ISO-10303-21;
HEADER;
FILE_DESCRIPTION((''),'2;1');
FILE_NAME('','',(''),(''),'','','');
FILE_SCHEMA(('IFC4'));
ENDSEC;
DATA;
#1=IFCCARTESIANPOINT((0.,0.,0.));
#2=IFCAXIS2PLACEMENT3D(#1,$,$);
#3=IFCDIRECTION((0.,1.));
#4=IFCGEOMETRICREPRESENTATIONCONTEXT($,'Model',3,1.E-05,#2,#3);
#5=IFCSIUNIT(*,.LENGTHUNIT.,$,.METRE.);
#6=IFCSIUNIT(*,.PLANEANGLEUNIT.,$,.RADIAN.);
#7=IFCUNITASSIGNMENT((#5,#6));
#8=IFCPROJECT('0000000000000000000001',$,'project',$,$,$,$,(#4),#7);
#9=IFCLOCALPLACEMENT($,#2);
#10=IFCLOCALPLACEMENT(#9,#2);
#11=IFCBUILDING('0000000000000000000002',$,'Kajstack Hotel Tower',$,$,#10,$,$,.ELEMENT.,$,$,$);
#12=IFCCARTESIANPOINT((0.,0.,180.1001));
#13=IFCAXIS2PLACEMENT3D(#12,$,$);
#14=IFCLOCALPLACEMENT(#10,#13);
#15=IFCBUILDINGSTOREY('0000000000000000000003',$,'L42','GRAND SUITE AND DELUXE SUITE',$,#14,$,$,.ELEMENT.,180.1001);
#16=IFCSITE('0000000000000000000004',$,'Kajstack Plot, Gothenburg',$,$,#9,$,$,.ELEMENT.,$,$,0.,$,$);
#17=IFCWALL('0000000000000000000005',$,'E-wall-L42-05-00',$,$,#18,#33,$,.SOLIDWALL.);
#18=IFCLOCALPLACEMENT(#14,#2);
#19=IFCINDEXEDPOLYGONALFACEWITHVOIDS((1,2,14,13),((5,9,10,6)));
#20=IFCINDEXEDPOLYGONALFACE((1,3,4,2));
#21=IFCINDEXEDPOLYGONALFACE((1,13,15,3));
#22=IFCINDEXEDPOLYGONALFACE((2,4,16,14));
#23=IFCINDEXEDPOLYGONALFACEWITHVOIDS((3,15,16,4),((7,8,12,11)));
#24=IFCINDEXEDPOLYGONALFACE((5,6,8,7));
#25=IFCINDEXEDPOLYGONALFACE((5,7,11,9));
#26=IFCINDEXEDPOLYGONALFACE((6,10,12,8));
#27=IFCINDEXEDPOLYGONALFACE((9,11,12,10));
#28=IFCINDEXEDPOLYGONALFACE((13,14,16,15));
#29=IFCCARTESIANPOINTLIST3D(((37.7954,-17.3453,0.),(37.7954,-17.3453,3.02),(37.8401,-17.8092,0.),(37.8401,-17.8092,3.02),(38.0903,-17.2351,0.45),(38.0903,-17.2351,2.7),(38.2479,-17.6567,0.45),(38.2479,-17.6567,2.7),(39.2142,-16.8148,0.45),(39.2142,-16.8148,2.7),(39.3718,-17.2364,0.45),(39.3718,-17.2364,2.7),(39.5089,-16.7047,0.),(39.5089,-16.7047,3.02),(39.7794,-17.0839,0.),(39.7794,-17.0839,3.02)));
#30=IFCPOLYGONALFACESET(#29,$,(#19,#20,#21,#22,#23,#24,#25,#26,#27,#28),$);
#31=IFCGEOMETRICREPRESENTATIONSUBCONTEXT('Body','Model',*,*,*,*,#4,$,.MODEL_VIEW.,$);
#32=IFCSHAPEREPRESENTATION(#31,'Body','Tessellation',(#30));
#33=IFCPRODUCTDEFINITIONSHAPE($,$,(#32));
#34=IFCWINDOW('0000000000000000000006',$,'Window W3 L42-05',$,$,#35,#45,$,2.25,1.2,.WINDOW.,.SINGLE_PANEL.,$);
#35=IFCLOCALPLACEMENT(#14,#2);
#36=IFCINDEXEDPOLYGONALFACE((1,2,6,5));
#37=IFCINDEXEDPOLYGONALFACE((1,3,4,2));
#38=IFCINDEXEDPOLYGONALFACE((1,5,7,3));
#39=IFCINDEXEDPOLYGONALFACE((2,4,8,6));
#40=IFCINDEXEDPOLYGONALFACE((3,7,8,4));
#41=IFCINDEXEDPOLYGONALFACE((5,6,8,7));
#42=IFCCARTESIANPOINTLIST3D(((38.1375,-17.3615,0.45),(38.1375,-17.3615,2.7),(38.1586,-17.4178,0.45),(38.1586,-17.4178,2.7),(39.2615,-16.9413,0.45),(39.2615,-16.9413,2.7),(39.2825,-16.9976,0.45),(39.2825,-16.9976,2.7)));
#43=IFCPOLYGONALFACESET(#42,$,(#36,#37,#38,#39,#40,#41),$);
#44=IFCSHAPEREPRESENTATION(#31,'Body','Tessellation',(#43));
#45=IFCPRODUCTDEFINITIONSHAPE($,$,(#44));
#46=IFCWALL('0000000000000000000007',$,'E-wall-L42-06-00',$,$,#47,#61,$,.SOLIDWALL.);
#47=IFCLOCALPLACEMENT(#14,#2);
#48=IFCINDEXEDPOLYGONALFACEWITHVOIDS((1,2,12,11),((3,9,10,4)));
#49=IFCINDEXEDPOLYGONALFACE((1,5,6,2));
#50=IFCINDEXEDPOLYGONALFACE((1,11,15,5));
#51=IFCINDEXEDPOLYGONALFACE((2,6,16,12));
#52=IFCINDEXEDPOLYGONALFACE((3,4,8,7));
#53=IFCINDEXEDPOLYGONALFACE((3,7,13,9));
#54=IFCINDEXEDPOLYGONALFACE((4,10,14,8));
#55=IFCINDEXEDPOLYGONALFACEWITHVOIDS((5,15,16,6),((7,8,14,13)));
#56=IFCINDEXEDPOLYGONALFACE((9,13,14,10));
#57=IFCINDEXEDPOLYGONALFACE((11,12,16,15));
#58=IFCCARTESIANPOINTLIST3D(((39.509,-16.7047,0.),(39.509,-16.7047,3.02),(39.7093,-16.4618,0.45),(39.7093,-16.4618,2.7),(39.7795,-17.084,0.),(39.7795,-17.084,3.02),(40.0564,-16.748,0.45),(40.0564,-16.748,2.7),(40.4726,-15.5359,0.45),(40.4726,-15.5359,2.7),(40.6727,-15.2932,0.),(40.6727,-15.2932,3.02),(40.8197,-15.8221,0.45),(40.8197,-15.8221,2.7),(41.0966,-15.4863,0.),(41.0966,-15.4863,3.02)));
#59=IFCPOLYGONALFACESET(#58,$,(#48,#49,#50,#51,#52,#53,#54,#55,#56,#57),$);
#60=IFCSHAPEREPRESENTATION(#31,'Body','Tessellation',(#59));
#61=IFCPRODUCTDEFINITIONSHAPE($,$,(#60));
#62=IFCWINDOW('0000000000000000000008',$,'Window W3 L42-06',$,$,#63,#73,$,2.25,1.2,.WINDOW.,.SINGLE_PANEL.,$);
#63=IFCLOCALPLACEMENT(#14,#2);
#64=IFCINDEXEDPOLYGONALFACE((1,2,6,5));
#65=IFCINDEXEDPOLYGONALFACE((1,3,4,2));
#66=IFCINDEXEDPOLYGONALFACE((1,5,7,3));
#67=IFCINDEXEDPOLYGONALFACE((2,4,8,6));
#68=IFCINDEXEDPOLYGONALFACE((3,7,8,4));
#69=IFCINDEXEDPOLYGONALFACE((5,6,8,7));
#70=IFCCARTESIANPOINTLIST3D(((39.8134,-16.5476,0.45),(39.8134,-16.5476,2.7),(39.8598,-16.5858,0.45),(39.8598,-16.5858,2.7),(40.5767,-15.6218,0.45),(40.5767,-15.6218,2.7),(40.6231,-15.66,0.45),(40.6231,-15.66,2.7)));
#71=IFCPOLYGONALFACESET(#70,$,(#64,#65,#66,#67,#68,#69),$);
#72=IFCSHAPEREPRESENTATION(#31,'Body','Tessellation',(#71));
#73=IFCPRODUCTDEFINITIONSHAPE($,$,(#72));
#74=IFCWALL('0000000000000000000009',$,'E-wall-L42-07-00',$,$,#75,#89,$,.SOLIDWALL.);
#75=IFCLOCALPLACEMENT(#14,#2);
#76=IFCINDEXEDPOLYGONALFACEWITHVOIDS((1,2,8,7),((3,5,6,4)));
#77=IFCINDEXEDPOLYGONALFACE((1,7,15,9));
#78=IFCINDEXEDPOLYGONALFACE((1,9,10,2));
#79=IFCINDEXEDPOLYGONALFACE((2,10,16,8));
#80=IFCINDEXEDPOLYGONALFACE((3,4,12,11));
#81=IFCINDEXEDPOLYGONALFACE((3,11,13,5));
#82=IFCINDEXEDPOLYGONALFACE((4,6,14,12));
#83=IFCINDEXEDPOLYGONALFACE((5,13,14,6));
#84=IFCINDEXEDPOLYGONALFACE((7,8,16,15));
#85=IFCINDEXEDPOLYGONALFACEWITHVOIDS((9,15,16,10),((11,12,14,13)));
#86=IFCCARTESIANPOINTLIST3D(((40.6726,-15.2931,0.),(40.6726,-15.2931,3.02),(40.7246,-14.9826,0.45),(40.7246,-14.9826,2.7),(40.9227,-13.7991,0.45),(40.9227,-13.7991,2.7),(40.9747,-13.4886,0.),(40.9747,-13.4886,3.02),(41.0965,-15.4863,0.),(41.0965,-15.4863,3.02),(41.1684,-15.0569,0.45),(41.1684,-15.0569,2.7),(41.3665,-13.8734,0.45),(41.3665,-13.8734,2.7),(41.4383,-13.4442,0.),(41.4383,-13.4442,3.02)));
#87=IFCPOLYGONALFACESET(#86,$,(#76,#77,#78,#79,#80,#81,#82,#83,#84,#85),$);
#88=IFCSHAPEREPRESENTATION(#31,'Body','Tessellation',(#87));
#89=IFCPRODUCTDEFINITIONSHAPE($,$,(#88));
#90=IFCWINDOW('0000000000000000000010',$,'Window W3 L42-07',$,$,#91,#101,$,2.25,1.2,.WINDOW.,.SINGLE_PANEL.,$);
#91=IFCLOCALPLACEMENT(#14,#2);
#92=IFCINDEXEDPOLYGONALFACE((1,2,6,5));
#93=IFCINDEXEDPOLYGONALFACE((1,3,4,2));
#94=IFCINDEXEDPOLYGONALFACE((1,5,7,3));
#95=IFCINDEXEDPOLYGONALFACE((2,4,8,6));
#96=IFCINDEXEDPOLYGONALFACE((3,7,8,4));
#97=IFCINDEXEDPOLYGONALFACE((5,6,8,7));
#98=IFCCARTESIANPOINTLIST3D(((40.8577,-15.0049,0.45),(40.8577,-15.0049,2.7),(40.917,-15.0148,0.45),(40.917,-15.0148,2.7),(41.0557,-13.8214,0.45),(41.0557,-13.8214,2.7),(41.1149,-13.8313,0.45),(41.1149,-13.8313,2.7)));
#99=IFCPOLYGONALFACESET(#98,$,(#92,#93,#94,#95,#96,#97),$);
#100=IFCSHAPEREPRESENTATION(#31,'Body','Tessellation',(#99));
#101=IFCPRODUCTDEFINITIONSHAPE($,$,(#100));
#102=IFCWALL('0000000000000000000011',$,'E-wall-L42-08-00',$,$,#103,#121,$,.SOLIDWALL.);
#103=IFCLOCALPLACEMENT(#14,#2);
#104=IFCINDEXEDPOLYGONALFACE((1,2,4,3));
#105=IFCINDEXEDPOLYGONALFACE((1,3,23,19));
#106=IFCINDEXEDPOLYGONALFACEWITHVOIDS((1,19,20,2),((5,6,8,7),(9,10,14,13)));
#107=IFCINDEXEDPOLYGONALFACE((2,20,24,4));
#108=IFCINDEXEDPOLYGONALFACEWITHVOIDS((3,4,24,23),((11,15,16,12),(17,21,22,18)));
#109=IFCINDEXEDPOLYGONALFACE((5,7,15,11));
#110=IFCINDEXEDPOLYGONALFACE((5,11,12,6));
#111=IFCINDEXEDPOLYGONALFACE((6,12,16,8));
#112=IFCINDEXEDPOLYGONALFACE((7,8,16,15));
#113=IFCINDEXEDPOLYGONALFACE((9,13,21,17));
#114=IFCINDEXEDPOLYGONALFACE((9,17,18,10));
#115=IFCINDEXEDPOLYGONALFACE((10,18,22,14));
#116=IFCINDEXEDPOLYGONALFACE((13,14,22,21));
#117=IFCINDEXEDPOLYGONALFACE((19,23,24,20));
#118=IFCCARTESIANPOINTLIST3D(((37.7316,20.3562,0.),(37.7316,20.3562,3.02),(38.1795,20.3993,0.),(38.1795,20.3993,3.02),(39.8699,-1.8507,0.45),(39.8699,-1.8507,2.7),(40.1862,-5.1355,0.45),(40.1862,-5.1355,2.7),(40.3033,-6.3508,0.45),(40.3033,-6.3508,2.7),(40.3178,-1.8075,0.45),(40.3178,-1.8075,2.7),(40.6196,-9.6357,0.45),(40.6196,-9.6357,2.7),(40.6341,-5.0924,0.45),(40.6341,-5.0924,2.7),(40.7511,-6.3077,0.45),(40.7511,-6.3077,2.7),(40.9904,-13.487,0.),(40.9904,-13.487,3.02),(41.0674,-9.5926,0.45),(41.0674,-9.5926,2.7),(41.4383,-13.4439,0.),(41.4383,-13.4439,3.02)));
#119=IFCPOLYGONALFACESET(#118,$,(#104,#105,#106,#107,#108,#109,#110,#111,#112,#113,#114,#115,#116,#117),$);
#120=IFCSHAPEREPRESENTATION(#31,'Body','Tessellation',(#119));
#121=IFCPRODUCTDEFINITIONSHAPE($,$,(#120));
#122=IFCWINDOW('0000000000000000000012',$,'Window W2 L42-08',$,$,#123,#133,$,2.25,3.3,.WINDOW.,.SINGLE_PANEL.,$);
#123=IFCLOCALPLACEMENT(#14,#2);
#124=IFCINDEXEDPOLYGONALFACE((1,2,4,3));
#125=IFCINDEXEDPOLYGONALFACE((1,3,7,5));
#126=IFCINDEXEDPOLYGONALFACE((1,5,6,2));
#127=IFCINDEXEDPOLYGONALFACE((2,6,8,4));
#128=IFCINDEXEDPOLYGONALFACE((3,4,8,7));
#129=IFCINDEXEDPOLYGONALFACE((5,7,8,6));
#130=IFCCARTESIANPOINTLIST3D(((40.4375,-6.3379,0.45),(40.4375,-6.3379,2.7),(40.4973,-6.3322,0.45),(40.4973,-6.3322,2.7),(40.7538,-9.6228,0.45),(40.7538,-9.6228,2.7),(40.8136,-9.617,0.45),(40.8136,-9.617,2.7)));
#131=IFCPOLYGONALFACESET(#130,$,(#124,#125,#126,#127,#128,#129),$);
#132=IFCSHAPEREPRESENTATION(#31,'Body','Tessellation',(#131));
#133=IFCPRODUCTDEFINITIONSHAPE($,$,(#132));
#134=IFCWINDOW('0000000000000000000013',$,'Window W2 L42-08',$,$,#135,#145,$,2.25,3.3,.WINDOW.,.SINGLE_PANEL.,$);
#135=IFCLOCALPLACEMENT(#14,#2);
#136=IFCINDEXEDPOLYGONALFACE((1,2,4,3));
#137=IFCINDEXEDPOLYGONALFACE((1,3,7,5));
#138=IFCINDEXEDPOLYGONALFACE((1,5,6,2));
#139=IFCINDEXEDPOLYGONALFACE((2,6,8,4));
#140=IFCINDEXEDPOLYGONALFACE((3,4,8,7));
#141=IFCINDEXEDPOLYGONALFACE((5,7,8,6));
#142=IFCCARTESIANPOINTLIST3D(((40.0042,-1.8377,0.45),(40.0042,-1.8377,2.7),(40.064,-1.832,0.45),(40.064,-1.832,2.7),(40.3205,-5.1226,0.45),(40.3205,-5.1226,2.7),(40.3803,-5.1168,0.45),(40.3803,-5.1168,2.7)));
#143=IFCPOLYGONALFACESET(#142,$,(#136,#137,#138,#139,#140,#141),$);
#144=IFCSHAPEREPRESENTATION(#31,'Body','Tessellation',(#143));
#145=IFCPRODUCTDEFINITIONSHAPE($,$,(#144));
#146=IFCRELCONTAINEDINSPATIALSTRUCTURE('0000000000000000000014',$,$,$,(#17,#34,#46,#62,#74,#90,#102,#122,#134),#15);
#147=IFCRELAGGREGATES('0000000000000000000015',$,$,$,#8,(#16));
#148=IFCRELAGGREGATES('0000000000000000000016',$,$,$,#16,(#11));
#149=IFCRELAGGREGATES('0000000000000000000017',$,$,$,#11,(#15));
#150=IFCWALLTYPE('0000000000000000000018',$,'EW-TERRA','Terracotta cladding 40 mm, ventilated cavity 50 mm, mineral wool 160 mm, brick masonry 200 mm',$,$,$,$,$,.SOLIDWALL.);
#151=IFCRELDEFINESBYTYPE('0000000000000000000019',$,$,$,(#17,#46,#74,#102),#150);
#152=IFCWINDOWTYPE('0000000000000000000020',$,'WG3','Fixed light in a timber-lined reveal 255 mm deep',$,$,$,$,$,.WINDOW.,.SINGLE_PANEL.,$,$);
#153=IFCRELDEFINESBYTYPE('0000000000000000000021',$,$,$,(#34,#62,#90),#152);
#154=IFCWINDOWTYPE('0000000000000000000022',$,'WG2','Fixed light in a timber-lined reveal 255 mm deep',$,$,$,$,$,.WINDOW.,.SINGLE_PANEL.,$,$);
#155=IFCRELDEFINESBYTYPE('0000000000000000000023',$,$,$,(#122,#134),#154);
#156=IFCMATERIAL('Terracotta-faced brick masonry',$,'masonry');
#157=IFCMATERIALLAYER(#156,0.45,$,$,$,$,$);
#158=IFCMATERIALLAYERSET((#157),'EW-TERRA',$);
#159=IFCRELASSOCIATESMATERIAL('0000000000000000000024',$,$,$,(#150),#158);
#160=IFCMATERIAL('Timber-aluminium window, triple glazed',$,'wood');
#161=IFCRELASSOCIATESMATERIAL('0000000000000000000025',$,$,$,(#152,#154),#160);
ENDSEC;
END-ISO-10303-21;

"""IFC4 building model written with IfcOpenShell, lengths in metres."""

from ifc_helpers import new_model, si_unit, direction, frame, frame_2d, origin, place, context, subcontext, project, spatial, polyline, rectangle, outline, extrude, material, layer, layer_set, type_object, element, fill, save


model = new_model("IFC4")

# Units and contexts
model_context = context("Model", 3, precision=1e-05, world=origin(), true_north=direction((0.0, 1.0)))
body_context = subcontext(model_context, "Body", "Model", "MODEL_VIEW")
ifc_project = project(units=[si_unit("LENGTHUNIT", "METRE"), si_unit("PLANEANGLEUNIT", "RADIAN")], contexts=[model_context])

# Site, building, storey
site_placement = place(None, origin())
site = spatial("IfcSite", under=ifc_project, at=site_placement, Name="Kajstack Plot, Gothenburg", CompositionType="ELEMENT", RefElevation=0.0)
building_placement = place(site_placement, origin())
building = spatial("IfcBuilding", under=site, at=building_placement, Name="Kajstack Hotel Tower", CompositionType="ELEMENT")
storey_placement = place(building_placement, frame((0.0, 0.0, 180.1001)))
storey = spatial("IfcBuildingStorey", under=building, at=storey_placement, Name="L42", Description="GRAND SUITE AND DELUXE SUITE", CompositionType="ELEMENT", Elevation=180.1001)

# Walls, openings, windows
ifc_material_1 = material(Name="Terracotta-faced brick masonry", Category="masonry")
ifc_layer_1 = layer(ifc_material_1, 0.45)
ifc_layer_set_1 = layer_set([ifc_layer_1], Name="EW-TERRA")
wall_type_1 = type_object("IfcWallType", Name="EW-TERRA", Description="Terracotta cladding 40 mm, ventilated cavity 50 mm, mineral wool 160 mm, brick masonry 200 mm", PredefinedType="SOLIDWALL", material=ifc_layer_set_1)
wall_1_placement = place(storey_placement, frame((37.7612, -17.5984, 0.0), z_axis=(0.0, 0.0, 1.0), x_axis=(0.936678, 0.350193, 0.0)))
wall_1 = element("IfcWall", 1, at=wall_1_placement, inside=storey, type_object=wall_type_1, Name="E-wall-L42-05-00", PredefinedType="SOLIDWALL", context=body_context, shape_type="SweptSolid", body=[
    extrude(outline(polyline([(0.0, -0.2251), (2.0706, -0.2249), (1.95, 0.2251), (0.1206, 0.2251), (0.0, -0.2251)])), origin(), (0.0, 0.0, 1.0), 3.02),
])
opening_1_placement = place(wall_1_placement, frame((0.4353, 0.0, 0.45)))
opening_1 = element("IfcOpeningElement", 2, at=opening_1_placement, cuts=wall_1, PredefinedType="OPENING", context=body_context, shape_type="SweptSolid", body=[
    extrude(rectangle(XDim=1.2, YDim=2.25, at=frame_2d((0.6001, 1.125))), frame((0.0, 0.2349, 0.0), z_axis=(0.0, -1.0, 0.0), x_axis=(1.0, 0.0, 0.0)), (0.0, 0.0, 1.0), 0.47),
])
ifc_material_2 = material(Name="Timber-aluminium window, triple glazed", Category="wood")
window_type_1 = type_object("IfcWindowType", Name="WG3", Description="Fixed light in a timber-lined reveal 255 mm deep", PartitioningType="SINGLE_PANEL", PredefinedType="WINDOW", material=ifc_material_2)
window_1_placement = place(opening_1_placement, origin())
window_1 = element("IfcWindow", 3, at=window_1_placement, inside=storey, type_object=window_type_1, Name="Window W3 L42-05", OverallHeight=2.25, OverallWidth=1.2, PartitioningType="SINGLE_PANEL", PredefinedType="WINDOW", context=body_context, shape_type="SweptSolid", body=[
    extrude(rectangle(XDim=1.2, YDim=2.25, at=frame_2d((0.6001, 1.125))), frame((0.0, 0.0901, 0.0), z_axis=(0.0, -1.0, 0.0), x_axis=(1.0, 0.0, 0.0)), (0.0, 0.0, 1.0), 0.0601),
])
fill(opening_1, window_1)
wall_2_placement = place(storey_placement, frame((39.606, -16.9409, 0.0), z_axis=(0.0, 0.0, 1.0), x_axis=(0.636116, 0.771593, 0.0)))
wall_2 = element("IfcWall", 4, at=wall_2_placement, inside=storey, type_object=wall_type_1, Name="E-wall-L42-06-00", PredefinedType="SOLIDWALL", context=body_context, shape_type="SweptSolid", body=[
    extrude(outline(polyline([(0.0, -0.2249), (2.0706, -0.2249), (1.95, 0.2251), (0.1206, 0.2251), (0.0, -0.2249)])), origin(), (0.0, 0.0, 1.0), 3.02),
])
opening_2_placement = place(wall_2_placement, frame((0.4353, 0.0, 0.45)))
opening_2 = element("IfcOpeningElement", 5, at=opening_2_placement, cuts=wall_2, PredefinedType="OPENING", context=body_context, shape_type="SweptSolid", body=[
    extrude(rectangle(XDim=1.2, YDim=2.25, at=frame_2d((0.6001, 1.125))), frame((0.0, 0.2349, 0.0), z_axis=(0.0, -1.0, 0.0), x_axis=(1.0, 0.0, 0.0)), (0.0, 0.0, 1.0), 0.47),
])
window_2_placement = place(opening_2_placement, origin())
window_2 = element("IfcWindow", 6, at=window_2_placement, inside=storey, type_object=window_type_1, Name="Window W3 L42-06", OverallHeight=2.25, OverallWidth=1.2, PartitioningType="SINGLE_PANEL", PredefinedType="WINDOW", context=body_context, shape_type="SweptSolid", body=[
    extrude(rectangle(XDim=1.2, YDim=2.25, at=frame_2d((0.6001, 1.125))), frame((0.0, 0.0901, 0.0), z_axis=(0.0, -1.0, 0.0), x_axis=(1.0, 0.0, 0.0)), (0.0, 0.0, 1.0), 0.0601),
])
fill(opening_2, window_2)
wall_3_placement = place(storey_placement, frame((40.8748, -15.4492, 0.0), z_axis=(0.0, 0.0, 1.0), x_axis=(0.164953, 0.986301, 0.0)))
wall_3 = element("IfcWall", 7, at=wall_3_placement, inside=storey, type_object=wall_type_1, Name="E-wall-L42-07-00", PredefinedType="SOLIDWALL", context=body_context, shape_type="SweptSolid", body=[
    extrude(outline(polyline([(0.0, -0.2249), (2.0706, -0.2251), (1.9502, 0.2249), (0.1206, 0.2251), (0.0, -0.2249)])), origin(), (0.0, 0.0, 1.0), 3.02),
])
opening_3_placement = place(wall_3_placement, frame((0.4353, 0.0, 0.45)))
opening_3 = element("IfcOpeningElement", 8, at=opening_3_placement, cuts=wall_3, PredefinedType="OPENING", context=body_context, shape_type="SweptSolid", body=[
    extrude(rectangle(XDim=1.2, YDim=2.25, at=frame_2d((0.6001, 1.125))), frame((0.0, 0.2349, 0.0), z_axis=(0.0, -1.0, 0.0), x_axis=(1.0, 0.0, 0.0)), (0.0, 0.0, 1.0), 0.47),
])
window_3_placement = place(opening_3_placement, origin())
window_3 = element("IfcWindow", 9, at=window_3_placement, inside=storey, type_object=window_type_1, Name="Window W3 L42-07", OverallHeight=2.25, OverallWidth=1.2, PartitioningType="SINGLE_PANEL", PredefinedType="WINDOW", context=body_context, shape_type="SweptSolid", body=[
    extrude(rectangle(XDim=1.2, YDim=2.25, at=frame_2d((0.6001, 1.125))), frame((0.0, 0.0901, 0.0), z_axis=(0.0, -1.0, 0.0), x_axis=(1.0, 0.0, 0.0)), (0.0, 0.0, 1.0), 0.0601),
])
fill(opening_3, window_3)

# Wall, openings, windows
wall_4_placement = place(storey_placement, frame((41.2144, -13.4656, 0.0), z_axis=(0.0, 0.0, 1.0), x_axis=(-0.095847, 0.995396, 0.0)))
wall_4 = element("IfcWall", 10, at=wall_4_placement, inside=storey, type_object=wall_type_1, Name="E-wall-L42-08-00", PredefinedType="SOLIDWALL", context=body_context, shape_type="SweptSolid", body=[
    extrude(rectangle(XDim=33.9998, YDim=0.45, at=frame_2d((17.0, 0.0))), origin(), (0.0, 0.0, 1.0), 3.02),
])
opening_4_placement = place(wall_4_placement, frame((3.8694, 0.0, 0.45)))
opening_4 = element("IfcOpeningElement", 11, at=opening_4_placement, cuts=wall_4, PredefinedType="OPENING", context=body_context, shape_type="SweptSolid", body=[
    extrude(rectangle(XDim=3.3, YDim=2.25, at=frame_2d((1.6499, 1.125))), frame((0.0, 0.2349, 0.0), z_axis=(0.0, -1.0, 0.0), x_axis=(1.0, 0.0, 0.0)), (0.0, 0.0, 1.0), 0.47),
])
opening_5_placement = place(wall_4_placement, frame((8.3904, 0.0, 0.45)))
opening_5 = element("IfcOpeningElement", 12, at=opening_5_placement, cuts=wall_4, PredefinedType="OPENING", context=body_context, shape_type="SweptSolid", body=[
    extrude(rectangle(XDim=3.3, YDim=2.25, at=frame_2d((1.6499, 1.125))), frame((0.0, 0.2349, 0.0), z_axis=(0.0, -1.0, 0.0), x_axis=(1.0, 0.0, 0.0)), (0.0, 0.0, 1.0), 0.47),
])
window_type_2 = type_object("IfcWindowType", Name="WG2", Description="Fixed light in a timber-lined reveal 255 mm deep", PartitioningType="SINGLE_PANEL", PredefinedType="WINDOW", material=ifc_material_2)
window_4_placement = place(opening_4_placement, origin())
window_4 = element("IfcWindow", 13, at=window_4_placement, inside=storey, type_object=window_type_2, Name="Window W2 L42-08", OverallHeight=2.25, OverallWidth=3.3, PartitioningType="SINGLE_PANEL", PredefinedType="WINDOW", context=body_context, shape_type="SweptSolid", body=[
    extrude(rectangle(XDim=3.3, YDim=2.25, at=frame_2d((1.6499, 1.125))), frame((0.0, 0.0901, 0.0), z_axis=(0.0, -1.0, 0.0), x_axis=(1.0, 0.0, 0.0)), (0.0, 0.0, 1.0), 0.0601),
])
fill(opening_4, window_4)
window_5_placement = place(opening_5_placement, origin())
window_5 = element("IfcWindow", 14, at=window_5_placement, inside=storey, type_object=window_type_2, Name="Window W2 L42-08", OverallHeight=2.25, OverallWidth=3.3, PartitioningType="SINGLE_PANEL", PredefinedType="WINDOW", context=body_context, shape_type="SweptSolid", body=[
    extrude(rectangle(XDim=3.3, YDim=2.25, at=frame_2d((1.6499, 1.125))), frame((0.0, 0.0901, 0.0), z_axis=(0.0, -1.0, 0.0), x_axis=(1.0, 0.0, 0.0)), (0.0, 0.0, 1.0), 0.0601),
])
fill(opening_5, window_5)

save(model, "model.ifc")
